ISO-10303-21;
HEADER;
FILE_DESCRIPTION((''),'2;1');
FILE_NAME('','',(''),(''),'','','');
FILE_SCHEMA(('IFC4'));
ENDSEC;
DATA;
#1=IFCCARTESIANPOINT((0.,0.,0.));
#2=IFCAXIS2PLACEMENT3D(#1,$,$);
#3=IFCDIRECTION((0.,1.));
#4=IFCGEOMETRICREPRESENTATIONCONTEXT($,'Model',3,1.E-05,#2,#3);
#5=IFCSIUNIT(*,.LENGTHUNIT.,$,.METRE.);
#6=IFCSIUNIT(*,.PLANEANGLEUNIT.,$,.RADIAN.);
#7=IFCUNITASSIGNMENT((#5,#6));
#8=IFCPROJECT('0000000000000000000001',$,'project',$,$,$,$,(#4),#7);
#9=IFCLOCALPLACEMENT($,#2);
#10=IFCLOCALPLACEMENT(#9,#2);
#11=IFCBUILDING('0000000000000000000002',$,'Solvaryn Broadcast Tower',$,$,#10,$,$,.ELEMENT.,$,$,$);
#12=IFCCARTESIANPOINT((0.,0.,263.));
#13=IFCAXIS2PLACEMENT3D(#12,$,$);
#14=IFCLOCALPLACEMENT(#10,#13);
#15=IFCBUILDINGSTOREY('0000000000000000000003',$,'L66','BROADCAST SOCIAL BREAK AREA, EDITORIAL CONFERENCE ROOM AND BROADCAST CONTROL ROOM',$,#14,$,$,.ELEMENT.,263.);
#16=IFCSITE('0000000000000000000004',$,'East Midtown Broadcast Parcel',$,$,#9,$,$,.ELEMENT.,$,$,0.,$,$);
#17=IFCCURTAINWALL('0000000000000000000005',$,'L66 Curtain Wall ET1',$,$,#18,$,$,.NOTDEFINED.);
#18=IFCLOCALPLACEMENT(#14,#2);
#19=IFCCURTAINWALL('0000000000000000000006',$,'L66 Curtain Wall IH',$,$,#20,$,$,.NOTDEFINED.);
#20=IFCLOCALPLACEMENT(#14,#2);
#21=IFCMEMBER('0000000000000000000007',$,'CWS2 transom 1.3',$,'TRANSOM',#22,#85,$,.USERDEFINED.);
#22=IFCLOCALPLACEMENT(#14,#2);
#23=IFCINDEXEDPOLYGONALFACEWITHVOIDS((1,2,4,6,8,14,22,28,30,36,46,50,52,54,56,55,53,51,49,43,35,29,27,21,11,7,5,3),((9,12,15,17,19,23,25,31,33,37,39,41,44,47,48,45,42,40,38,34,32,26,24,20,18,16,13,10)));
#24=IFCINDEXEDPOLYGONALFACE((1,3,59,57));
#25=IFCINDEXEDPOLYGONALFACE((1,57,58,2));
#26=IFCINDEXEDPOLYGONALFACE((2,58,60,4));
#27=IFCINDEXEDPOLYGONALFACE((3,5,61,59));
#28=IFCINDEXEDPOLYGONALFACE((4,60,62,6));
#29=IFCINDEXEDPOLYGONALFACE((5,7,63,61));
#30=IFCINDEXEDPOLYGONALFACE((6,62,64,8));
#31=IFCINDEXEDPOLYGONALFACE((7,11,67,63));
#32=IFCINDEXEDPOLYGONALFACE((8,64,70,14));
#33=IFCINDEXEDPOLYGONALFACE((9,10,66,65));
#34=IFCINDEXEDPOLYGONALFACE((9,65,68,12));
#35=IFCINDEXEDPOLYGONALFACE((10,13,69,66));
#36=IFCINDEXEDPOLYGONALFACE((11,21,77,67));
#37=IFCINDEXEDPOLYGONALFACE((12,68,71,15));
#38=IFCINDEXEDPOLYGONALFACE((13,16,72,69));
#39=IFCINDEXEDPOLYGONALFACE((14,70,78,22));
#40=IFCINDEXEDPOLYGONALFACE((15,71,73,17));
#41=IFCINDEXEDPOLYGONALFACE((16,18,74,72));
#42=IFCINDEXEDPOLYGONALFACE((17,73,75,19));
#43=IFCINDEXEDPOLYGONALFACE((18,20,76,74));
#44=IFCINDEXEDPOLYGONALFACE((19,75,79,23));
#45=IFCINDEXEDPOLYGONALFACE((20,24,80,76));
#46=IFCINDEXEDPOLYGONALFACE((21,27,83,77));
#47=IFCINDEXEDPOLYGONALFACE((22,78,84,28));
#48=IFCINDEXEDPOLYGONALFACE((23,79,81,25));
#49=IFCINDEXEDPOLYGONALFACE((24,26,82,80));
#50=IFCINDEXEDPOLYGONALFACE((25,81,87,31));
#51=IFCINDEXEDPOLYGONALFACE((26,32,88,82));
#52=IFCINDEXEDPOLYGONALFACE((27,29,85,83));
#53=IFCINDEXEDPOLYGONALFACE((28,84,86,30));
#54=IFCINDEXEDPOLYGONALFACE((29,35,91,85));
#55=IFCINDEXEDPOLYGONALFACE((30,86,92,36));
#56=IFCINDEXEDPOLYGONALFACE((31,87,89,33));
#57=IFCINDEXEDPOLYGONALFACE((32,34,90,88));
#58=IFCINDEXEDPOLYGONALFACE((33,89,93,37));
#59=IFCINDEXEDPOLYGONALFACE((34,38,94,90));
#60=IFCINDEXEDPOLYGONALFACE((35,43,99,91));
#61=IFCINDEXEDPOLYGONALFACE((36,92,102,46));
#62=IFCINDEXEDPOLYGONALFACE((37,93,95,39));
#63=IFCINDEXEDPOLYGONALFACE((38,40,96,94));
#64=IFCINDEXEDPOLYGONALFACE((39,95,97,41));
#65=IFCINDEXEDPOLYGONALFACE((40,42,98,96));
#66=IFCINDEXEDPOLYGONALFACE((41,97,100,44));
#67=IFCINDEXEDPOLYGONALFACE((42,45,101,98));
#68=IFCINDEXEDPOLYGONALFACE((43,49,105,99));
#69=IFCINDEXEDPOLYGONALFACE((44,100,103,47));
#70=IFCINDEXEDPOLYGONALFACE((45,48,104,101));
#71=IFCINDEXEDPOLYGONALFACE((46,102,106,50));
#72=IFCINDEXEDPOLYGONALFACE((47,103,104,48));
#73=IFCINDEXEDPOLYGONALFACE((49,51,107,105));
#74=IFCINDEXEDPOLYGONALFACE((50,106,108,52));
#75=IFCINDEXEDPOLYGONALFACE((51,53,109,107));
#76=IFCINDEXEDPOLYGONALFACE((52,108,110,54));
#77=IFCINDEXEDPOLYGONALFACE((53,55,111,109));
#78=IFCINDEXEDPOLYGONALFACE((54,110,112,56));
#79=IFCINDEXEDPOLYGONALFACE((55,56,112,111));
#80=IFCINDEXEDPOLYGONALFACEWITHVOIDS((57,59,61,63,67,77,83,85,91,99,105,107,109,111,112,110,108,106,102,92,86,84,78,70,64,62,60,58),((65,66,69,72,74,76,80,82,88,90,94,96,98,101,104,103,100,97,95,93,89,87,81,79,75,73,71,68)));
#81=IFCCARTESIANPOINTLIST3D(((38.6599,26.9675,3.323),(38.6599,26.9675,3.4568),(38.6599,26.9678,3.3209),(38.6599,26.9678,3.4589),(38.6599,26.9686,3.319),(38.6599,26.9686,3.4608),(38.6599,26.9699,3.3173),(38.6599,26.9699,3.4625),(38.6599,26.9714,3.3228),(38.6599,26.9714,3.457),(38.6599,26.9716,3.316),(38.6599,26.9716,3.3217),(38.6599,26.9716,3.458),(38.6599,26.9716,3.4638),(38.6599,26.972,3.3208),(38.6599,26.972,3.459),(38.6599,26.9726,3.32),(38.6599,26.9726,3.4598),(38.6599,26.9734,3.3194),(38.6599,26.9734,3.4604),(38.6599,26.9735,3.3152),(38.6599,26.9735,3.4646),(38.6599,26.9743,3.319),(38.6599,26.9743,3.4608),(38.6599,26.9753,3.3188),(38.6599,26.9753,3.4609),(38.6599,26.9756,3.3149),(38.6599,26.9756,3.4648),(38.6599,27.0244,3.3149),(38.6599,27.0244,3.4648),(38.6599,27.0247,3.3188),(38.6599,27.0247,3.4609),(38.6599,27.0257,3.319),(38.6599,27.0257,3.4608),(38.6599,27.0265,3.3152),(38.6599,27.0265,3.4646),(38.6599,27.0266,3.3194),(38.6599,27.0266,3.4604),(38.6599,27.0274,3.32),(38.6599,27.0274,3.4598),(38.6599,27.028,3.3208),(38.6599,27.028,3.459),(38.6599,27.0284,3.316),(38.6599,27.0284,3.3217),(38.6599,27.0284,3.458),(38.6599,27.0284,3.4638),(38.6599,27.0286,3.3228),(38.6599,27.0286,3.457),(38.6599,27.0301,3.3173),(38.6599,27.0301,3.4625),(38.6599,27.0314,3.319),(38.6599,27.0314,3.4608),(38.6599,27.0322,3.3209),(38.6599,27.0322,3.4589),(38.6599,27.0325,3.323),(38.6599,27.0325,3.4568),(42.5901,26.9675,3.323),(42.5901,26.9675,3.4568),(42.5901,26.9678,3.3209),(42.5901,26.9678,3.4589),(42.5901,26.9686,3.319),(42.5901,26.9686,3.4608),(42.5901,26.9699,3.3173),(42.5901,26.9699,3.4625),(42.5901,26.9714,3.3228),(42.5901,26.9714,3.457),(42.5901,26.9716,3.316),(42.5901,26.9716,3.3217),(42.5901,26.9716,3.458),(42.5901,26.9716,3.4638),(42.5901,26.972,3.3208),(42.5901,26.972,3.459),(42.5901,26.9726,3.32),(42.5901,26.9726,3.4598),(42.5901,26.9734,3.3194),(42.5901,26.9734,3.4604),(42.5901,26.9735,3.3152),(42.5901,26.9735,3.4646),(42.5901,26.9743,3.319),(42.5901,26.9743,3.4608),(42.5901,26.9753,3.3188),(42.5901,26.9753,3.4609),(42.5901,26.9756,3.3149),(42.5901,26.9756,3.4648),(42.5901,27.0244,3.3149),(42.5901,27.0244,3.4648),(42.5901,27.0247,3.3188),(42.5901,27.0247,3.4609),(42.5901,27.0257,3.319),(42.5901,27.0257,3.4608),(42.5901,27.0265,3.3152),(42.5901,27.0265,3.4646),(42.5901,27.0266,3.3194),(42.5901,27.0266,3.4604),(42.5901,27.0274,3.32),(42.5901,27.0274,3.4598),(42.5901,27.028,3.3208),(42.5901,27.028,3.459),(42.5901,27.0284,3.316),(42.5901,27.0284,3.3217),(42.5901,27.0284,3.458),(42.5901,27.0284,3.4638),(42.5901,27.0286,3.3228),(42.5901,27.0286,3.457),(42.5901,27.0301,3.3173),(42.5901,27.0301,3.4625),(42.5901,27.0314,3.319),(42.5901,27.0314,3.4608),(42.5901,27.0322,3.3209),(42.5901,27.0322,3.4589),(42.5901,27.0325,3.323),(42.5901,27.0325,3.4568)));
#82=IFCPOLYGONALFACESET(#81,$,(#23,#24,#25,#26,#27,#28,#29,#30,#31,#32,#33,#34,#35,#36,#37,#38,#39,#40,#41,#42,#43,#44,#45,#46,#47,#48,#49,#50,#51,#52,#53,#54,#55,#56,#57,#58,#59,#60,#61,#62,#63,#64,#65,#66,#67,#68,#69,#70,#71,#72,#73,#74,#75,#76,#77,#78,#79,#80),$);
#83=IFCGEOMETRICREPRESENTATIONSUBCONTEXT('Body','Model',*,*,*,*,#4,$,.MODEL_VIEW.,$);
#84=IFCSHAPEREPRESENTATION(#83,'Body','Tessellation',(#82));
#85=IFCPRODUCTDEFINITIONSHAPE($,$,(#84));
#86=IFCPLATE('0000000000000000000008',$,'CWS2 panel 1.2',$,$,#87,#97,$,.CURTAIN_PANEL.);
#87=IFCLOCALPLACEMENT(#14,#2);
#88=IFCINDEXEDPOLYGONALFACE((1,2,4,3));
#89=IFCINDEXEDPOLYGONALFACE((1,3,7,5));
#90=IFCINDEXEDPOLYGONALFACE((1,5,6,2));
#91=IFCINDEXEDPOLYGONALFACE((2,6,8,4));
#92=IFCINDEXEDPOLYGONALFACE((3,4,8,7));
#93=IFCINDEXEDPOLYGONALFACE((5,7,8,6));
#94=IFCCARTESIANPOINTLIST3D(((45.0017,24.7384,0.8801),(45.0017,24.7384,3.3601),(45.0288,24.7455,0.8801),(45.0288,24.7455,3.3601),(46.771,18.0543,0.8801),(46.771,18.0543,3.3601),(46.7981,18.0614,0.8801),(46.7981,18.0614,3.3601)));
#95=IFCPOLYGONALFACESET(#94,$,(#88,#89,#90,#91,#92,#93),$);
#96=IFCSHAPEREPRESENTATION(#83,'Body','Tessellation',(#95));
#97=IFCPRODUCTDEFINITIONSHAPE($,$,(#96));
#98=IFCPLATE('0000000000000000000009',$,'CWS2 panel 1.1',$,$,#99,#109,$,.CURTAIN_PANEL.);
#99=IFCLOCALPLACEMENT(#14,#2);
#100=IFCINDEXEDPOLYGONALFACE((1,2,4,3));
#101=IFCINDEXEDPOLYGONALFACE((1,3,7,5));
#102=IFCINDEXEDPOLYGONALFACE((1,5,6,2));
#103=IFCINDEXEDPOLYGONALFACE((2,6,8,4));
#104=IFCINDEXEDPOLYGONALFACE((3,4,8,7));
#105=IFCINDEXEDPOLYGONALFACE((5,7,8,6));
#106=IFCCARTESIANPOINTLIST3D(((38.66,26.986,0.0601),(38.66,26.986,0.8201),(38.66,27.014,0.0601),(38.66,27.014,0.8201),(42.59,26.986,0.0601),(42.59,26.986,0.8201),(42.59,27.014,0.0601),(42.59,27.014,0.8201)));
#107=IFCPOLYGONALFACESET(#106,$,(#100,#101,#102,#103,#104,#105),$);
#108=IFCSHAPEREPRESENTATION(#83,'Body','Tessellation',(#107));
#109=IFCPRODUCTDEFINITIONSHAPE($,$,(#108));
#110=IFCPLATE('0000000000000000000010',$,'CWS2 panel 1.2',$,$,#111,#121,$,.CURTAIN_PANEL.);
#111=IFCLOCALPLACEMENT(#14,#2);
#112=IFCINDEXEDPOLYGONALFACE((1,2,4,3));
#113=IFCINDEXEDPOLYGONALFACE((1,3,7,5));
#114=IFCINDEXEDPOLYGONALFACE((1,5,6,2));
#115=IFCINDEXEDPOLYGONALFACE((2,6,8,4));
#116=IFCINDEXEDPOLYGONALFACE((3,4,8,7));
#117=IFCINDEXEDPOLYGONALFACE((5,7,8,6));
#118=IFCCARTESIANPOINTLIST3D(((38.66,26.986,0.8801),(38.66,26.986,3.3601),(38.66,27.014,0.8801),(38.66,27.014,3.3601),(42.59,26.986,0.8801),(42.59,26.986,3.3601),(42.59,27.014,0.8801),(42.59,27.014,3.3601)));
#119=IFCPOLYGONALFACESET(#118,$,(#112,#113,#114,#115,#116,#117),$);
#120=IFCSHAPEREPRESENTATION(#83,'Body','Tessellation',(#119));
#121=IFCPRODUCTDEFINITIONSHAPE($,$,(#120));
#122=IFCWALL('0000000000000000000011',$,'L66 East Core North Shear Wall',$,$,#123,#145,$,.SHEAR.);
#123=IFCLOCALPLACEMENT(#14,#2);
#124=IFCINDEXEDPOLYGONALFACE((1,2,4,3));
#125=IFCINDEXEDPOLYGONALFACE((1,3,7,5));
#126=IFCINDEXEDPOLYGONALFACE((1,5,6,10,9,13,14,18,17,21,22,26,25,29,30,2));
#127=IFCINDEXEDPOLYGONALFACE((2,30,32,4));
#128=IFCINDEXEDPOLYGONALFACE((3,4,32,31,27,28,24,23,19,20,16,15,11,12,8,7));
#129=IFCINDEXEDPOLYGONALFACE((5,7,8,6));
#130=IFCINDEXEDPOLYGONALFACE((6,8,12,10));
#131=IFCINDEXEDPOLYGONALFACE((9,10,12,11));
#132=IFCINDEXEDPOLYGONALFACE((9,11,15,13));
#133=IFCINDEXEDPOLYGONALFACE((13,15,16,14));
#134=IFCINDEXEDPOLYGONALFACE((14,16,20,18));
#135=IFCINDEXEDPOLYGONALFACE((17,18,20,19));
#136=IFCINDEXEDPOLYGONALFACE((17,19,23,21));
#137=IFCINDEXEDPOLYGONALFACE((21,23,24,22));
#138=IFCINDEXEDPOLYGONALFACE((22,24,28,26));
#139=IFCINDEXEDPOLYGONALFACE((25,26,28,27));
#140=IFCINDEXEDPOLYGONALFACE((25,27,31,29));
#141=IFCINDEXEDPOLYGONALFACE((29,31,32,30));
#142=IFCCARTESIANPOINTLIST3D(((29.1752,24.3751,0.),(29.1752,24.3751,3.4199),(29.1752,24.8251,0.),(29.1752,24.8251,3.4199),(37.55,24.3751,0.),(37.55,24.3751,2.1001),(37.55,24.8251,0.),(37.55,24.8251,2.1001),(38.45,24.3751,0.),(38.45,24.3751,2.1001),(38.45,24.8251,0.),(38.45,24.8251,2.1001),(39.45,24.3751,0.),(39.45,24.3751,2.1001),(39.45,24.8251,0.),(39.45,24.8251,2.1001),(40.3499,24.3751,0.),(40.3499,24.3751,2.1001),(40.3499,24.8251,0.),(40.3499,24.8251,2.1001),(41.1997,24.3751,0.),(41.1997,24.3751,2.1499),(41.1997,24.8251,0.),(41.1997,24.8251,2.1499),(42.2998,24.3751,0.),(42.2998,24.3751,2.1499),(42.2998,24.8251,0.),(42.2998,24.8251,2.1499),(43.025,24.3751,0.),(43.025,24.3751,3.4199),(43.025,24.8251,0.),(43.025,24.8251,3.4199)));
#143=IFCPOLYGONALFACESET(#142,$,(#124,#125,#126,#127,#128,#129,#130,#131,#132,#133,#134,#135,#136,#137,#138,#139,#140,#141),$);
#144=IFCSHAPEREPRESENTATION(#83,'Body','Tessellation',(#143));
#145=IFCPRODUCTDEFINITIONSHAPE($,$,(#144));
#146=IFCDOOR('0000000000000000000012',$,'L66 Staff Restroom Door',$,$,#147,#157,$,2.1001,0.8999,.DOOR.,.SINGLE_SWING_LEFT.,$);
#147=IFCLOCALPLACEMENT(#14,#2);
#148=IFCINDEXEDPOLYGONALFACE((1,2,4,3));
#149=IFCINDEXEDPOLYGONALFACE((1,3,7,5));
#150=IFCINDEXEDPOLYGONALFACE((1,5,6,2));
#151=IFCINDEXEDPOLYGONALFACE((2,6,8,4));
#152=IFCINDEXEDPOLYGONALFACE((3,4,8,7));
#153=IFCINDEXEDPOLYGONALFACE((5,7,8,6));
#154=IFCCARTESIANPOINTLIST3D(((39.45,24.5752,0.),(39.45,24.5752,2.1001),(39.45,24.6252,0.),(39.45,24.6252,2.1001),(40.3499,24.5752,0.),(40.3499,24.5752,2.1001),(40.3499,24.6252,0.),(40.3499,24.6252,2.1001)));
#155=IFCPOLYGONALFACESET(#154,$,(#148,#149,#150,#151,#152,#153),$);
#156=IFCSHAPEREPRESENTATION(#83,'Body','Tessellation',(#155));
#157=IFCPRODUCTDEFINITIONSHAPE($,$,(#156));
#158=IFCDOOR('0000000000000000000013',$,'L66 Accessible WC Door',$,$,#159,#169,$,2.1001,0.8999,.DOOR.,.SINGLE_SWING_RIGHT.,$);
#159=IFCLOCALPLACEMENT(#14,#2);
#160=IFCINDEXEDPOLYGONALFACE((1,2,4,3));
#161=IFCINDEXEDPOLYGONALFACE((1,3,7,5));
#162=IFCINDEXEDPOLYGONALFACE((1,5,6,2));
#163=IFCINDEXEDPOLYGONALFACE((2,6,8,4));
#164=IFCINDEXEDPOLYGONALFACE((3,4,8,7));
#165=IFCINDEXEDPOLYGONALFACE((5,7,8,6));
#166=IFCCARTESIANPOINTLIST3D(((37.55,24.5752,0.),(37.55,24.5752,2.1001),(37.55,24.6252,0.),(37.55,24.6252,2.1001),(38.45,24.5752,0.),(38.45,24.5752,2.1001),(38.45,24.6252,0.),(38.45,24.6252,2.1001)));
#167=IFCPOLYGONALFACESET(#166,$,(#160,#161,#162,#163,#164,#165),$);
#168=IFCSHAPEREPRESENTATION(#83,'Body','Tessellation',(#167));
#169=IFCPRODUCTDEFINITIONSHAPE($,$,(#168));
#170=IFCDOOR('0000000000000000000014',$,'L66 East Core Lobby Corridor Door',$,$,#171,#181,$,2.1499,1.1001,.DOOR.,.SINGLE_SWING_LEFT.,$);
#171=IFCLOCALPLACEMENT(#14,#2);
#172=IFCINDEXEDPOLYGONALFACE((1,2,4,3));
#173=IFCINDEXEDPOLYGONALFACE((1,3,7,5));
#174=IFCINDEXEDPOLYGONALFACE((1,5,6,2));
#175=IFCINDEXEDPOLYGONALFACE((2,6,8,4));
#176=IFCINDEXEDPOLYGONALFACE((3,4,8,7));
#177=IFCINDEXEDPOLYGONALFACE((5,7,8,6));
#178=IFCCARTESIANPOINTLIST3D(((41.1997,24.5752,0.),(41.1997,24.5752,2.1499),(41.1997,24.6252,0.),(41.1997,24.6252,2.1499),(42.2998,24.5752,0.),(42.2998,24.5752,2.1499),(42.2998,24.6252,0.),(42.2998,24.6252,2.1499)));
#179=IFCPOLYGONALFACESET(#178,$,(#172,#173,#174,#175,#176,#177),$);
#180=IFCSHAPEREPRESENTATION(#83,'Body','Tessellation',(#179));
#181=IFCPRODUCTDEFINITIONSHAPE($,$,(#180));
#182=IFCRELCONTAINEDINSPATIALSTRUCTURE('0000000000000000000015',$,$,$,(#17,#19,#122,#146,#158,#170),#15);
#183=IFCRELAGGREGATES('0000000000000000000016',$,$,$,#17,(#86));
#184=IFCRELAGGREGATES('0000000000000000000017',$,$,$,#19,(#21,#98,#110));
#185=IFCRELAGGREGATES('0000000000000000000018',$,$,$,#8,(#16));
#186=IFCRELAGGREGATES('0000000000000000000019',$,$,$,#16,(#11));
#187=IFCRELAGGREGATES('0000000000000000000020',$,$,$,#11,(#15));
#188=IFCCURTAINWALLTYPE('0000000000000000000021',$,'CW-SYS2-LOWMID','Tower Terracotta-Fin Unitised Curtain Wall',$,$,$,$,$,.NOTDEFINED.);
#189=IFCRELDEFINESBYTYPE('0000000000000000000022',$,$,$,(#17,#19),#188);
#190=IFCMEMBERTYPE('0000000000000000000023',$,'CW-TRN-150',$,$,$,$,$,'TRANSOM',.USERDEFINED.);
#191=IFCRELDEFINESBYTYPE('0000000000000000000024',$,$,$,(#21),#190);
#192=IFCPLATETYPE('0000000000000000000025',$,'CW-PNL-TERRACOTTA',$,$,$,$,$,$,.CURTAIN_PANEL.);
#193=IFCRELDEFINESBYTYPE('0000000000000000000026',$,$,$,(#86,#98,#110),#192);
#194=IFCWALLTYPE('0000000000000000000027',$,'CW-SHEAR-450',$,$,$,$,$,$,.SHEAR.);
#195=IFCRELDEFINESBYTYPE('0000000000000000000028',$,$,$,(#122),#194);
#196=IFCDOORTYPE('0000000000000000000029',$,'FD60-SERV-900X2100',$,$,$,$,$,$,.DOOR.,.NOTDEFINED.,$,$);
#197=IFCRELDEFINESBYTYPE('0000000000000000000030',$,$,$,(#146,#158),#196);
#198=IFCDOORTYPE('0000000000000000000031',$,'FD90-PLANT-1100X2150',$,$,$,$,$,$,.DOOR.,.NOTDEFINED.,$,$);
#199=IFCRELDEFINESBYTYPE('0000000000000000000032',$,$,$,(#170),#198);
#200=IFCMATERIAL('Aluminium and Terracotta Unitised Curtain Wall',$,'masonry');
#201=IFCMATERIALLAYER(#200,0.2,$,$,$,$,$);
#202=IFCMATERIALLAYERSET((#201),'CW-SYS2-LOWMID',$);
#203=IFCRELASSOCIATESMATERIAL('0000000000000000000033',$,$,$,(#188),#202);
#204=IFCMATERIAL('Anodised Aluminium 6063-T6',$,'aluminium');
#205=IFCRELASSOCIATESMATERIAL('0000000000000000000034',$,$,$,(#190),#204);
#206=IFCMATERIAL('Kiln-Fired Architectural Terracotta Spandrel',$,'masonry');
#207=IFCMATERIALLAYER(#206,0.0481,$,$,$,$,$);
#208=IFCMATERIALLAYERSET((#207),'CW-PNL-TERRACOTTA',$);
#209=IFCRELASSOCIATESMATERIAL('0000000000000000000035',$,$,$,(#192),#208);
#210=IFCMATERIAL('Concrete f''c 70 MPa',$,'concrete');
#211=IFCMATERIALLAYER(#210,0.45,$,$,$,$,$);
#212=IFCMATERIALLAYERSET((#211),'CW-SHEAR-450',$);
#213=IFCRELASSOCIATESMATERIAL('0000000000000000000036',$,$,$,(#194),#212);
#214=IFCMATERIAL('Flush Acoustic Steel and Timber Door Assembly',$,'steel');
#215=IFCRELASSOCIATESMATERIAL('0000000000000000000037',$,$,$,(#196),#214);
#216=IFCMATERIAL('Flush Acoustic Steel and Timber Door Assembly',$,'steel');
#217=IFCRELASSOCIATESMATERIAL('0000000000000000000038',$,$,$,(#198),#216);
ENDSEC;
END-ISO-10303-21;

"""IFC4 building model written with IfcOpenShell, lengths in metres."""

from ifc_helpers import new_model, si_unit, direction, frame, frame_2d, origin, origin_2d, place, context, subcontext, project, spatial, rectangle, hollow_rectangle, extrude, material, layer, layer_set, material_profile, profile_set, type_object, element, fill, aggregate, save


model = new_model("IFC4")

# Units and contexts
model_context = context("Model", 3, precision=1e-05, world=origin(), true_north=direction((0.0, 1.0)))
body_context = subcontext(model_context, "Body", "Model", "MODEL_VIEW")
ifc_project = project(units=[si_unit("LENGTHUNIT", "METRE"), si_unit("PLANEANGLEUNIT", "RADIAN")], contexts=[model_context])

# Site, building, storey
site_placement = place(None, origin())
site = spatial("IfcSite", under=ifc_project, at=site_placement, Name="East Midtown Broadcast Parcel", CompositionType="ELEMENT", RefElevation=0.0)
building_placement = place(site_placement, origin())
building = spatial("IfcBuilding", under=site, at=building_placement, Name="Solvaryn Broadcast Tower", CompositionType="ELEMENT")
storey_placement = place(building_placement, frame((0.0, 0.0, 263.0)))
storey = spatial("IfcBuildingStorey", under=building, at=storey_placement, Name="L66", Description="BROADCAST SOCIAL BREAK AREA, EDITORIAL CONFERENCE ROOM AND BROADCAST CONTROL ROOM", CompositionType="ELEMENT", Elevation=263.0)

# Curtain wall
ifc_material_1 = material(Name="Aluminium and Terracotta Unitised Curtain Wall", Category="masonry")
ifc_layer_1 = layer(ifc_material_1, 0.2)
ifc_layer_set_1 = layer_set([ifc_layer_1], Name="CW-SYS2-LOWMID")
curtain_wall_type = type_object("IfcCurtainWallType", Name="CW-SYS2-LOWMID", Description="Tower Terracotta-Fin Unitised Curtain Wall", PredefinedType="NOTDEFINED", material=ifc_layer_set_1)
curtain_wall_1_placement = place(storey_placement, origin())
curtain_wall_1 = element("IfcCurtainWall", 1, at=curtain_wall_1_placement, inside=storey, type_object=curtain_wall_type, Name="L66 Curtain Wall ET1", PredefinedType="NOTDEFINED")

# Curtain wall
curtain_wall_2_placement = place(storey_placement, origin())
curtain_wall_2 = element("IfcCurtainWall", 2, at=curtain_wall_2_placement, inside=storey, type_object=curtain_wall_type, Name="L66 Curtain Wall IH", PredefinedType="NOTDEFINED")

# Member
ifc_material_2 = material(Name="Anodised Aluminium 6063-T6", Category="aluminium")
ifc_material_profile_1 = material_profile(ifc_material_2, hollow_rectangle(XDim=0.0649, YDim=0.1499, WallThickness=0.0039, InnerFilletRadius=0.0039, OuterFilletRadius=0.0081, at=origin_2d()))
ifc_profile_set_1 = profile_set([ifc_material_profile_1], Name="Anodised Aluminium 6063-T6")
member_type_1 = type_object("IfcMemberType", Name="CW-TRN-150", ElementType="TRANSOM", PredefinedType="USERDEFINED", material=ifc_profile_set_1)
member_1_placement = place(storey_placement, frame((38.6599, 27.0, 3.3899), z_axis=(1.0, 0.0, 0.0), x_axis=(0.0, 1.0, 0.0)))
member_1 = element("IfcMember", 3, at=member_1_placement, type_object=member_type_1, Name="CWS2 transom 1.3", ObjectType="TRANSOM", PredefinedType="USERDEFINED", context=body_context, shape_type="SweptSolid", body=[
    extrude(hollow_rectangle(XDim=0.0649, YDim=0.1499, WallThickness=0.0039, InnerFilletRadius=0.0039, OuterFilletRadius=0.0081, at=origin_2d()), origin(), (0.0, 0.0, 1.0), 3.9302),
])

# Plates
ifc_material_3 = material(Name="Kiln-Fired Architectural Terracotta Spandrel", Category="masonry")
ifc_layer_2 = layer(ifc_material_3, 0.0481)
ifc_layer_set_2 = layer_set([ifc_layer_2], Name="CW-PNL-TERRACOTTA")
plate_type = type_object("IfcPlateType", Name="CW-PNL-TERRACOTTA", PredefinedType="CURTAIN_PANEL", material=ifc_layer_set_2)
plate_1_placement = place(storey_placement, frame((45.8999, 21.3999, 0.8801), z_axis=(0.0, 0.0, 1.0), x_axis=(0.255893, -0.966705, 0.0)))
plate_1 = element("IfcPlate", 4, at=plate_1_placement, type_object=plate_type, Name="CWS2 panel 1.2", PredefinedType="CURTAIN_PANEL", context=body_context, shape_type="SweptSolid", body=[
    extrude(rectangle(XDim=6.9143, YDim=0.0281, at=origin_2d()), origin(), (0.0, 0.0, 1.0), 2.48),
])
aggregate(curtain_wall_1, [plate_1])
plate_2_placement = place(storey_placement, frame((40.625, 27.0, 0.0601), z_axis=(0.0, 0.0, 1.0), x_axis=(1.0, 0.0, 0.0)))
plate_2 = element("IfcPlate", 5, at=plate_2_placement, type_object=plate_type, Name="CWS2 panel 1.1", PredefinedType="CURTAIN_PANEL", context=body_context, shape_type="SweptSolid", body=[
    extrude(rectangle(XDim=3.9299, YDim=0.0281, at=origin_2d()), origin(), (0.0, 0.0, 1.0), 0.76),
])
plate_3_placement = place(storey_placement, frame((40.625, 27.0, 0.8801), z_axis=(0.0, 0.0, 1.0), x_axis=(1.0, 0.0, 0.0)))
plate_3 = element("IfcPlate", 6, at=plate_3_placement, type_object=plate_type, Name="CWS2 panel 1.2", PredefinedType="CURTAIN_PANEL", context=body_context, shape_type="SweptSolid", body=[
    extrude(rectangle(XDim=3.9299, YDim=0.0281, at=origin_2d()), origin(), (0.0, 0.0, 1.0), 2.48),
])
aggregate(curtain_wall_2, [member_1, plate_2, plate_3])

# Wall, openings, doors
ifc_material_4 = material(Name="Concrete f'c 70 MPa", Category="concrete")
ifc_layer_3 = layer(ifc_material_4, 0.45)
ifc_layer_set_3 = layer_set([ifc_layer_3], Name="CW-SHEAR-450")
wall_type_1 = type_object("IfcWallType", Name="CW-SHEAR-450", PredefinedType="SHEAR", material=ifc_layer_set_3)
wall_1_placement = place(storey_placement, frame((43.0249, 24.6001, 0.0), z_axis=(0.0, 0.0, 1.0), x_axis=(-1.0, 0.0, 0.0)))
wall_1 = element("IfcWall", 7, at=wall_1_placement, inside=storey, type_object=wall_type_1, Name="L66 East Core North Shear Wall", PredefinedType="SHEAR", context=body_context, shape_type="SweptSolid", body=[
    extrude(rectangle(XDim=13.8499, YDim=0.45, at=frame_2d((6.9248, 0.0))), origin(), (0.0, 0.0, 1.0), 3.4199),
])
opening_1_placement = place(wall_1_placement, frame((0.7251, 0.0, 0.0)))
opening_1 = element("IfcOpeningElement", 8, at=opening_1_placement, cuts=wall_1, PredefinedType="OPENING", context=body_context, shape_type="SweptSolid", body=[
    extrude(rectangle(XDim=1.1001, YDim=2.1499, at=frame_2d((0.55, 1.075))), frame((0.0, 0.2351, 0.0), z_axis=(0.0, -1.0, 0.0), x_axis=(1.0, 0.0, 0.0)), (0.0, 0.0, 1.0), 0.47),
])
opening_2_placement = place(wall_1_placement, frame((2.675, 0.0, 0.0)))
opening_2 = element("IfcOpeningElement", 9, at=opening_2_placement, cuts=wall_1, PredefinedType="OPENING", context=body_context, shape_type="SweptSolid", body=[
    extrude(rectangle(XDim=0.8999, YDim=2.1001, at=frame_2d((0.45, 1.05))), frame((0.0, 0.2351, 0.0), z_axis=(0.0, -1.0, 0.0), x_axis=(1.0, 0.0, 0.0)), (0.0, 0.0, 1.0), 0.47),
])
opening_3_placement = place(wall_1_placement, frame((4.575, 0.0, 0.0)))
opening_3 = element("IfcOpeningElement", 10, at=opening_3_placement, cuts=wall_1, PredefinedType="OPENING", context=body_context, shape_type="SweptSolid", body=[
    extrude(rectangle(XDim=0.8999, YDim=2.1001, at=frame_2d((0.45, 1.05))), frame((0.0, 0.2351, 0.0), z_axis=(0.0, -1.0, 0.0), x_axis=(1.0, 0.0, 0.0)), (0.0, 0.0, 1.0), 0.47),
])
ifc_material_5 = material(Name="Flush Acoustic Steel and Timber Door Assembly", Category="steel")
door_type_1 = type_object("IfcDoorType", Name="FD60-SERV-900X2100", OperationType="NOTDEFINED", PredefinedType="DOOR", material=ifc_material_5)
door_1_placement = place(opening_2_placement, origin())
door_1 = element("IfcDoor", 11, at=door_1_placement, inside=storey, type_object=door_type_1, Name="L66 Staff Restroom Door", OperationType="SINGLE_SWING_LEFT", OverallHeight=2.1001, OverallWidth=0.8999, PredefinedType="DOOR", context=body_context, shape_type="SweptSolid", body=[
    extrude(rectangle(XDim=0.8999, YDim=2.1001, at=frame_2d((0.45, 1.05))), frame((0.0, 0.0249, 0.0), z_axis=(0.0, -1.0, 0.0), x_axis=(1.0, 0.0, 0.0)), (0.0, 0.0, 1.0), 0.05),
])
fill(opening_2, door_1)
door_2_placement = place(opening_3_placement, origin())
door_2 = element("IfcDoor", 12, at=door_2_placement, inside=storey, type_object=door_type_1, Name="L66 Accessible WC Door", OperationType="SINGLE_SWING_RIGHT", OverallHeight=2.1001, OverallWidth=0.8999, PredefinedType="DOOR", context=body_context, shape_type="SweptSolid", body=[
    extrude(rectangle(XDim=0.8999, YDim=2.1001, at=frame_2d((0.45, 1.05))), frame((0.0, 0.0249, 0.0), z_axis=(0.0, -1.0, 0.0), x_axis=(1.0, 0.0, 0.0)), (0.0, 0.0, 1.0), 0.05),
])
fill(opening_3, door_2)
ifc_material_6 = material(Name="Flush Acoustic Steel and Timber Door Assembly", Category="steel")
door_type_2 = type_object("IfcDoorType", Name="FD90-PLANT-1100X2150", OperationType="NOTDEFINED", PredefinedType="DOOR", material=ifc_material_6)
door_3_placement = place(opening_1_placement, origin())
door_3 = element("IfcDoor", 13, at=door_3_placement, inside=storey, type_object=door_type_2, Name="L66 East Core Lobby Corridor Door", OperationType="SINGLE_SWING_LEFT", OverallHeight=2.1499, OverallWidth=1.1001, PredefinedType="DOOR", context=body_context, shape_type="SweptSolid", body=[
    extrude(rectangle(XDim=1.1001, YDim=2.1499, at=frame_2d((0.55, 1.075))), frame((0.0, 0.0249, 0.0), z_axis=(0.0, -1.0, 0.0), x_axis=(1.0, 0.0, 0.0)), (0.0, 0.0, 1.0), 0.05),
])
fill(opening_1, door_3)

save(model, "model.ifc")
